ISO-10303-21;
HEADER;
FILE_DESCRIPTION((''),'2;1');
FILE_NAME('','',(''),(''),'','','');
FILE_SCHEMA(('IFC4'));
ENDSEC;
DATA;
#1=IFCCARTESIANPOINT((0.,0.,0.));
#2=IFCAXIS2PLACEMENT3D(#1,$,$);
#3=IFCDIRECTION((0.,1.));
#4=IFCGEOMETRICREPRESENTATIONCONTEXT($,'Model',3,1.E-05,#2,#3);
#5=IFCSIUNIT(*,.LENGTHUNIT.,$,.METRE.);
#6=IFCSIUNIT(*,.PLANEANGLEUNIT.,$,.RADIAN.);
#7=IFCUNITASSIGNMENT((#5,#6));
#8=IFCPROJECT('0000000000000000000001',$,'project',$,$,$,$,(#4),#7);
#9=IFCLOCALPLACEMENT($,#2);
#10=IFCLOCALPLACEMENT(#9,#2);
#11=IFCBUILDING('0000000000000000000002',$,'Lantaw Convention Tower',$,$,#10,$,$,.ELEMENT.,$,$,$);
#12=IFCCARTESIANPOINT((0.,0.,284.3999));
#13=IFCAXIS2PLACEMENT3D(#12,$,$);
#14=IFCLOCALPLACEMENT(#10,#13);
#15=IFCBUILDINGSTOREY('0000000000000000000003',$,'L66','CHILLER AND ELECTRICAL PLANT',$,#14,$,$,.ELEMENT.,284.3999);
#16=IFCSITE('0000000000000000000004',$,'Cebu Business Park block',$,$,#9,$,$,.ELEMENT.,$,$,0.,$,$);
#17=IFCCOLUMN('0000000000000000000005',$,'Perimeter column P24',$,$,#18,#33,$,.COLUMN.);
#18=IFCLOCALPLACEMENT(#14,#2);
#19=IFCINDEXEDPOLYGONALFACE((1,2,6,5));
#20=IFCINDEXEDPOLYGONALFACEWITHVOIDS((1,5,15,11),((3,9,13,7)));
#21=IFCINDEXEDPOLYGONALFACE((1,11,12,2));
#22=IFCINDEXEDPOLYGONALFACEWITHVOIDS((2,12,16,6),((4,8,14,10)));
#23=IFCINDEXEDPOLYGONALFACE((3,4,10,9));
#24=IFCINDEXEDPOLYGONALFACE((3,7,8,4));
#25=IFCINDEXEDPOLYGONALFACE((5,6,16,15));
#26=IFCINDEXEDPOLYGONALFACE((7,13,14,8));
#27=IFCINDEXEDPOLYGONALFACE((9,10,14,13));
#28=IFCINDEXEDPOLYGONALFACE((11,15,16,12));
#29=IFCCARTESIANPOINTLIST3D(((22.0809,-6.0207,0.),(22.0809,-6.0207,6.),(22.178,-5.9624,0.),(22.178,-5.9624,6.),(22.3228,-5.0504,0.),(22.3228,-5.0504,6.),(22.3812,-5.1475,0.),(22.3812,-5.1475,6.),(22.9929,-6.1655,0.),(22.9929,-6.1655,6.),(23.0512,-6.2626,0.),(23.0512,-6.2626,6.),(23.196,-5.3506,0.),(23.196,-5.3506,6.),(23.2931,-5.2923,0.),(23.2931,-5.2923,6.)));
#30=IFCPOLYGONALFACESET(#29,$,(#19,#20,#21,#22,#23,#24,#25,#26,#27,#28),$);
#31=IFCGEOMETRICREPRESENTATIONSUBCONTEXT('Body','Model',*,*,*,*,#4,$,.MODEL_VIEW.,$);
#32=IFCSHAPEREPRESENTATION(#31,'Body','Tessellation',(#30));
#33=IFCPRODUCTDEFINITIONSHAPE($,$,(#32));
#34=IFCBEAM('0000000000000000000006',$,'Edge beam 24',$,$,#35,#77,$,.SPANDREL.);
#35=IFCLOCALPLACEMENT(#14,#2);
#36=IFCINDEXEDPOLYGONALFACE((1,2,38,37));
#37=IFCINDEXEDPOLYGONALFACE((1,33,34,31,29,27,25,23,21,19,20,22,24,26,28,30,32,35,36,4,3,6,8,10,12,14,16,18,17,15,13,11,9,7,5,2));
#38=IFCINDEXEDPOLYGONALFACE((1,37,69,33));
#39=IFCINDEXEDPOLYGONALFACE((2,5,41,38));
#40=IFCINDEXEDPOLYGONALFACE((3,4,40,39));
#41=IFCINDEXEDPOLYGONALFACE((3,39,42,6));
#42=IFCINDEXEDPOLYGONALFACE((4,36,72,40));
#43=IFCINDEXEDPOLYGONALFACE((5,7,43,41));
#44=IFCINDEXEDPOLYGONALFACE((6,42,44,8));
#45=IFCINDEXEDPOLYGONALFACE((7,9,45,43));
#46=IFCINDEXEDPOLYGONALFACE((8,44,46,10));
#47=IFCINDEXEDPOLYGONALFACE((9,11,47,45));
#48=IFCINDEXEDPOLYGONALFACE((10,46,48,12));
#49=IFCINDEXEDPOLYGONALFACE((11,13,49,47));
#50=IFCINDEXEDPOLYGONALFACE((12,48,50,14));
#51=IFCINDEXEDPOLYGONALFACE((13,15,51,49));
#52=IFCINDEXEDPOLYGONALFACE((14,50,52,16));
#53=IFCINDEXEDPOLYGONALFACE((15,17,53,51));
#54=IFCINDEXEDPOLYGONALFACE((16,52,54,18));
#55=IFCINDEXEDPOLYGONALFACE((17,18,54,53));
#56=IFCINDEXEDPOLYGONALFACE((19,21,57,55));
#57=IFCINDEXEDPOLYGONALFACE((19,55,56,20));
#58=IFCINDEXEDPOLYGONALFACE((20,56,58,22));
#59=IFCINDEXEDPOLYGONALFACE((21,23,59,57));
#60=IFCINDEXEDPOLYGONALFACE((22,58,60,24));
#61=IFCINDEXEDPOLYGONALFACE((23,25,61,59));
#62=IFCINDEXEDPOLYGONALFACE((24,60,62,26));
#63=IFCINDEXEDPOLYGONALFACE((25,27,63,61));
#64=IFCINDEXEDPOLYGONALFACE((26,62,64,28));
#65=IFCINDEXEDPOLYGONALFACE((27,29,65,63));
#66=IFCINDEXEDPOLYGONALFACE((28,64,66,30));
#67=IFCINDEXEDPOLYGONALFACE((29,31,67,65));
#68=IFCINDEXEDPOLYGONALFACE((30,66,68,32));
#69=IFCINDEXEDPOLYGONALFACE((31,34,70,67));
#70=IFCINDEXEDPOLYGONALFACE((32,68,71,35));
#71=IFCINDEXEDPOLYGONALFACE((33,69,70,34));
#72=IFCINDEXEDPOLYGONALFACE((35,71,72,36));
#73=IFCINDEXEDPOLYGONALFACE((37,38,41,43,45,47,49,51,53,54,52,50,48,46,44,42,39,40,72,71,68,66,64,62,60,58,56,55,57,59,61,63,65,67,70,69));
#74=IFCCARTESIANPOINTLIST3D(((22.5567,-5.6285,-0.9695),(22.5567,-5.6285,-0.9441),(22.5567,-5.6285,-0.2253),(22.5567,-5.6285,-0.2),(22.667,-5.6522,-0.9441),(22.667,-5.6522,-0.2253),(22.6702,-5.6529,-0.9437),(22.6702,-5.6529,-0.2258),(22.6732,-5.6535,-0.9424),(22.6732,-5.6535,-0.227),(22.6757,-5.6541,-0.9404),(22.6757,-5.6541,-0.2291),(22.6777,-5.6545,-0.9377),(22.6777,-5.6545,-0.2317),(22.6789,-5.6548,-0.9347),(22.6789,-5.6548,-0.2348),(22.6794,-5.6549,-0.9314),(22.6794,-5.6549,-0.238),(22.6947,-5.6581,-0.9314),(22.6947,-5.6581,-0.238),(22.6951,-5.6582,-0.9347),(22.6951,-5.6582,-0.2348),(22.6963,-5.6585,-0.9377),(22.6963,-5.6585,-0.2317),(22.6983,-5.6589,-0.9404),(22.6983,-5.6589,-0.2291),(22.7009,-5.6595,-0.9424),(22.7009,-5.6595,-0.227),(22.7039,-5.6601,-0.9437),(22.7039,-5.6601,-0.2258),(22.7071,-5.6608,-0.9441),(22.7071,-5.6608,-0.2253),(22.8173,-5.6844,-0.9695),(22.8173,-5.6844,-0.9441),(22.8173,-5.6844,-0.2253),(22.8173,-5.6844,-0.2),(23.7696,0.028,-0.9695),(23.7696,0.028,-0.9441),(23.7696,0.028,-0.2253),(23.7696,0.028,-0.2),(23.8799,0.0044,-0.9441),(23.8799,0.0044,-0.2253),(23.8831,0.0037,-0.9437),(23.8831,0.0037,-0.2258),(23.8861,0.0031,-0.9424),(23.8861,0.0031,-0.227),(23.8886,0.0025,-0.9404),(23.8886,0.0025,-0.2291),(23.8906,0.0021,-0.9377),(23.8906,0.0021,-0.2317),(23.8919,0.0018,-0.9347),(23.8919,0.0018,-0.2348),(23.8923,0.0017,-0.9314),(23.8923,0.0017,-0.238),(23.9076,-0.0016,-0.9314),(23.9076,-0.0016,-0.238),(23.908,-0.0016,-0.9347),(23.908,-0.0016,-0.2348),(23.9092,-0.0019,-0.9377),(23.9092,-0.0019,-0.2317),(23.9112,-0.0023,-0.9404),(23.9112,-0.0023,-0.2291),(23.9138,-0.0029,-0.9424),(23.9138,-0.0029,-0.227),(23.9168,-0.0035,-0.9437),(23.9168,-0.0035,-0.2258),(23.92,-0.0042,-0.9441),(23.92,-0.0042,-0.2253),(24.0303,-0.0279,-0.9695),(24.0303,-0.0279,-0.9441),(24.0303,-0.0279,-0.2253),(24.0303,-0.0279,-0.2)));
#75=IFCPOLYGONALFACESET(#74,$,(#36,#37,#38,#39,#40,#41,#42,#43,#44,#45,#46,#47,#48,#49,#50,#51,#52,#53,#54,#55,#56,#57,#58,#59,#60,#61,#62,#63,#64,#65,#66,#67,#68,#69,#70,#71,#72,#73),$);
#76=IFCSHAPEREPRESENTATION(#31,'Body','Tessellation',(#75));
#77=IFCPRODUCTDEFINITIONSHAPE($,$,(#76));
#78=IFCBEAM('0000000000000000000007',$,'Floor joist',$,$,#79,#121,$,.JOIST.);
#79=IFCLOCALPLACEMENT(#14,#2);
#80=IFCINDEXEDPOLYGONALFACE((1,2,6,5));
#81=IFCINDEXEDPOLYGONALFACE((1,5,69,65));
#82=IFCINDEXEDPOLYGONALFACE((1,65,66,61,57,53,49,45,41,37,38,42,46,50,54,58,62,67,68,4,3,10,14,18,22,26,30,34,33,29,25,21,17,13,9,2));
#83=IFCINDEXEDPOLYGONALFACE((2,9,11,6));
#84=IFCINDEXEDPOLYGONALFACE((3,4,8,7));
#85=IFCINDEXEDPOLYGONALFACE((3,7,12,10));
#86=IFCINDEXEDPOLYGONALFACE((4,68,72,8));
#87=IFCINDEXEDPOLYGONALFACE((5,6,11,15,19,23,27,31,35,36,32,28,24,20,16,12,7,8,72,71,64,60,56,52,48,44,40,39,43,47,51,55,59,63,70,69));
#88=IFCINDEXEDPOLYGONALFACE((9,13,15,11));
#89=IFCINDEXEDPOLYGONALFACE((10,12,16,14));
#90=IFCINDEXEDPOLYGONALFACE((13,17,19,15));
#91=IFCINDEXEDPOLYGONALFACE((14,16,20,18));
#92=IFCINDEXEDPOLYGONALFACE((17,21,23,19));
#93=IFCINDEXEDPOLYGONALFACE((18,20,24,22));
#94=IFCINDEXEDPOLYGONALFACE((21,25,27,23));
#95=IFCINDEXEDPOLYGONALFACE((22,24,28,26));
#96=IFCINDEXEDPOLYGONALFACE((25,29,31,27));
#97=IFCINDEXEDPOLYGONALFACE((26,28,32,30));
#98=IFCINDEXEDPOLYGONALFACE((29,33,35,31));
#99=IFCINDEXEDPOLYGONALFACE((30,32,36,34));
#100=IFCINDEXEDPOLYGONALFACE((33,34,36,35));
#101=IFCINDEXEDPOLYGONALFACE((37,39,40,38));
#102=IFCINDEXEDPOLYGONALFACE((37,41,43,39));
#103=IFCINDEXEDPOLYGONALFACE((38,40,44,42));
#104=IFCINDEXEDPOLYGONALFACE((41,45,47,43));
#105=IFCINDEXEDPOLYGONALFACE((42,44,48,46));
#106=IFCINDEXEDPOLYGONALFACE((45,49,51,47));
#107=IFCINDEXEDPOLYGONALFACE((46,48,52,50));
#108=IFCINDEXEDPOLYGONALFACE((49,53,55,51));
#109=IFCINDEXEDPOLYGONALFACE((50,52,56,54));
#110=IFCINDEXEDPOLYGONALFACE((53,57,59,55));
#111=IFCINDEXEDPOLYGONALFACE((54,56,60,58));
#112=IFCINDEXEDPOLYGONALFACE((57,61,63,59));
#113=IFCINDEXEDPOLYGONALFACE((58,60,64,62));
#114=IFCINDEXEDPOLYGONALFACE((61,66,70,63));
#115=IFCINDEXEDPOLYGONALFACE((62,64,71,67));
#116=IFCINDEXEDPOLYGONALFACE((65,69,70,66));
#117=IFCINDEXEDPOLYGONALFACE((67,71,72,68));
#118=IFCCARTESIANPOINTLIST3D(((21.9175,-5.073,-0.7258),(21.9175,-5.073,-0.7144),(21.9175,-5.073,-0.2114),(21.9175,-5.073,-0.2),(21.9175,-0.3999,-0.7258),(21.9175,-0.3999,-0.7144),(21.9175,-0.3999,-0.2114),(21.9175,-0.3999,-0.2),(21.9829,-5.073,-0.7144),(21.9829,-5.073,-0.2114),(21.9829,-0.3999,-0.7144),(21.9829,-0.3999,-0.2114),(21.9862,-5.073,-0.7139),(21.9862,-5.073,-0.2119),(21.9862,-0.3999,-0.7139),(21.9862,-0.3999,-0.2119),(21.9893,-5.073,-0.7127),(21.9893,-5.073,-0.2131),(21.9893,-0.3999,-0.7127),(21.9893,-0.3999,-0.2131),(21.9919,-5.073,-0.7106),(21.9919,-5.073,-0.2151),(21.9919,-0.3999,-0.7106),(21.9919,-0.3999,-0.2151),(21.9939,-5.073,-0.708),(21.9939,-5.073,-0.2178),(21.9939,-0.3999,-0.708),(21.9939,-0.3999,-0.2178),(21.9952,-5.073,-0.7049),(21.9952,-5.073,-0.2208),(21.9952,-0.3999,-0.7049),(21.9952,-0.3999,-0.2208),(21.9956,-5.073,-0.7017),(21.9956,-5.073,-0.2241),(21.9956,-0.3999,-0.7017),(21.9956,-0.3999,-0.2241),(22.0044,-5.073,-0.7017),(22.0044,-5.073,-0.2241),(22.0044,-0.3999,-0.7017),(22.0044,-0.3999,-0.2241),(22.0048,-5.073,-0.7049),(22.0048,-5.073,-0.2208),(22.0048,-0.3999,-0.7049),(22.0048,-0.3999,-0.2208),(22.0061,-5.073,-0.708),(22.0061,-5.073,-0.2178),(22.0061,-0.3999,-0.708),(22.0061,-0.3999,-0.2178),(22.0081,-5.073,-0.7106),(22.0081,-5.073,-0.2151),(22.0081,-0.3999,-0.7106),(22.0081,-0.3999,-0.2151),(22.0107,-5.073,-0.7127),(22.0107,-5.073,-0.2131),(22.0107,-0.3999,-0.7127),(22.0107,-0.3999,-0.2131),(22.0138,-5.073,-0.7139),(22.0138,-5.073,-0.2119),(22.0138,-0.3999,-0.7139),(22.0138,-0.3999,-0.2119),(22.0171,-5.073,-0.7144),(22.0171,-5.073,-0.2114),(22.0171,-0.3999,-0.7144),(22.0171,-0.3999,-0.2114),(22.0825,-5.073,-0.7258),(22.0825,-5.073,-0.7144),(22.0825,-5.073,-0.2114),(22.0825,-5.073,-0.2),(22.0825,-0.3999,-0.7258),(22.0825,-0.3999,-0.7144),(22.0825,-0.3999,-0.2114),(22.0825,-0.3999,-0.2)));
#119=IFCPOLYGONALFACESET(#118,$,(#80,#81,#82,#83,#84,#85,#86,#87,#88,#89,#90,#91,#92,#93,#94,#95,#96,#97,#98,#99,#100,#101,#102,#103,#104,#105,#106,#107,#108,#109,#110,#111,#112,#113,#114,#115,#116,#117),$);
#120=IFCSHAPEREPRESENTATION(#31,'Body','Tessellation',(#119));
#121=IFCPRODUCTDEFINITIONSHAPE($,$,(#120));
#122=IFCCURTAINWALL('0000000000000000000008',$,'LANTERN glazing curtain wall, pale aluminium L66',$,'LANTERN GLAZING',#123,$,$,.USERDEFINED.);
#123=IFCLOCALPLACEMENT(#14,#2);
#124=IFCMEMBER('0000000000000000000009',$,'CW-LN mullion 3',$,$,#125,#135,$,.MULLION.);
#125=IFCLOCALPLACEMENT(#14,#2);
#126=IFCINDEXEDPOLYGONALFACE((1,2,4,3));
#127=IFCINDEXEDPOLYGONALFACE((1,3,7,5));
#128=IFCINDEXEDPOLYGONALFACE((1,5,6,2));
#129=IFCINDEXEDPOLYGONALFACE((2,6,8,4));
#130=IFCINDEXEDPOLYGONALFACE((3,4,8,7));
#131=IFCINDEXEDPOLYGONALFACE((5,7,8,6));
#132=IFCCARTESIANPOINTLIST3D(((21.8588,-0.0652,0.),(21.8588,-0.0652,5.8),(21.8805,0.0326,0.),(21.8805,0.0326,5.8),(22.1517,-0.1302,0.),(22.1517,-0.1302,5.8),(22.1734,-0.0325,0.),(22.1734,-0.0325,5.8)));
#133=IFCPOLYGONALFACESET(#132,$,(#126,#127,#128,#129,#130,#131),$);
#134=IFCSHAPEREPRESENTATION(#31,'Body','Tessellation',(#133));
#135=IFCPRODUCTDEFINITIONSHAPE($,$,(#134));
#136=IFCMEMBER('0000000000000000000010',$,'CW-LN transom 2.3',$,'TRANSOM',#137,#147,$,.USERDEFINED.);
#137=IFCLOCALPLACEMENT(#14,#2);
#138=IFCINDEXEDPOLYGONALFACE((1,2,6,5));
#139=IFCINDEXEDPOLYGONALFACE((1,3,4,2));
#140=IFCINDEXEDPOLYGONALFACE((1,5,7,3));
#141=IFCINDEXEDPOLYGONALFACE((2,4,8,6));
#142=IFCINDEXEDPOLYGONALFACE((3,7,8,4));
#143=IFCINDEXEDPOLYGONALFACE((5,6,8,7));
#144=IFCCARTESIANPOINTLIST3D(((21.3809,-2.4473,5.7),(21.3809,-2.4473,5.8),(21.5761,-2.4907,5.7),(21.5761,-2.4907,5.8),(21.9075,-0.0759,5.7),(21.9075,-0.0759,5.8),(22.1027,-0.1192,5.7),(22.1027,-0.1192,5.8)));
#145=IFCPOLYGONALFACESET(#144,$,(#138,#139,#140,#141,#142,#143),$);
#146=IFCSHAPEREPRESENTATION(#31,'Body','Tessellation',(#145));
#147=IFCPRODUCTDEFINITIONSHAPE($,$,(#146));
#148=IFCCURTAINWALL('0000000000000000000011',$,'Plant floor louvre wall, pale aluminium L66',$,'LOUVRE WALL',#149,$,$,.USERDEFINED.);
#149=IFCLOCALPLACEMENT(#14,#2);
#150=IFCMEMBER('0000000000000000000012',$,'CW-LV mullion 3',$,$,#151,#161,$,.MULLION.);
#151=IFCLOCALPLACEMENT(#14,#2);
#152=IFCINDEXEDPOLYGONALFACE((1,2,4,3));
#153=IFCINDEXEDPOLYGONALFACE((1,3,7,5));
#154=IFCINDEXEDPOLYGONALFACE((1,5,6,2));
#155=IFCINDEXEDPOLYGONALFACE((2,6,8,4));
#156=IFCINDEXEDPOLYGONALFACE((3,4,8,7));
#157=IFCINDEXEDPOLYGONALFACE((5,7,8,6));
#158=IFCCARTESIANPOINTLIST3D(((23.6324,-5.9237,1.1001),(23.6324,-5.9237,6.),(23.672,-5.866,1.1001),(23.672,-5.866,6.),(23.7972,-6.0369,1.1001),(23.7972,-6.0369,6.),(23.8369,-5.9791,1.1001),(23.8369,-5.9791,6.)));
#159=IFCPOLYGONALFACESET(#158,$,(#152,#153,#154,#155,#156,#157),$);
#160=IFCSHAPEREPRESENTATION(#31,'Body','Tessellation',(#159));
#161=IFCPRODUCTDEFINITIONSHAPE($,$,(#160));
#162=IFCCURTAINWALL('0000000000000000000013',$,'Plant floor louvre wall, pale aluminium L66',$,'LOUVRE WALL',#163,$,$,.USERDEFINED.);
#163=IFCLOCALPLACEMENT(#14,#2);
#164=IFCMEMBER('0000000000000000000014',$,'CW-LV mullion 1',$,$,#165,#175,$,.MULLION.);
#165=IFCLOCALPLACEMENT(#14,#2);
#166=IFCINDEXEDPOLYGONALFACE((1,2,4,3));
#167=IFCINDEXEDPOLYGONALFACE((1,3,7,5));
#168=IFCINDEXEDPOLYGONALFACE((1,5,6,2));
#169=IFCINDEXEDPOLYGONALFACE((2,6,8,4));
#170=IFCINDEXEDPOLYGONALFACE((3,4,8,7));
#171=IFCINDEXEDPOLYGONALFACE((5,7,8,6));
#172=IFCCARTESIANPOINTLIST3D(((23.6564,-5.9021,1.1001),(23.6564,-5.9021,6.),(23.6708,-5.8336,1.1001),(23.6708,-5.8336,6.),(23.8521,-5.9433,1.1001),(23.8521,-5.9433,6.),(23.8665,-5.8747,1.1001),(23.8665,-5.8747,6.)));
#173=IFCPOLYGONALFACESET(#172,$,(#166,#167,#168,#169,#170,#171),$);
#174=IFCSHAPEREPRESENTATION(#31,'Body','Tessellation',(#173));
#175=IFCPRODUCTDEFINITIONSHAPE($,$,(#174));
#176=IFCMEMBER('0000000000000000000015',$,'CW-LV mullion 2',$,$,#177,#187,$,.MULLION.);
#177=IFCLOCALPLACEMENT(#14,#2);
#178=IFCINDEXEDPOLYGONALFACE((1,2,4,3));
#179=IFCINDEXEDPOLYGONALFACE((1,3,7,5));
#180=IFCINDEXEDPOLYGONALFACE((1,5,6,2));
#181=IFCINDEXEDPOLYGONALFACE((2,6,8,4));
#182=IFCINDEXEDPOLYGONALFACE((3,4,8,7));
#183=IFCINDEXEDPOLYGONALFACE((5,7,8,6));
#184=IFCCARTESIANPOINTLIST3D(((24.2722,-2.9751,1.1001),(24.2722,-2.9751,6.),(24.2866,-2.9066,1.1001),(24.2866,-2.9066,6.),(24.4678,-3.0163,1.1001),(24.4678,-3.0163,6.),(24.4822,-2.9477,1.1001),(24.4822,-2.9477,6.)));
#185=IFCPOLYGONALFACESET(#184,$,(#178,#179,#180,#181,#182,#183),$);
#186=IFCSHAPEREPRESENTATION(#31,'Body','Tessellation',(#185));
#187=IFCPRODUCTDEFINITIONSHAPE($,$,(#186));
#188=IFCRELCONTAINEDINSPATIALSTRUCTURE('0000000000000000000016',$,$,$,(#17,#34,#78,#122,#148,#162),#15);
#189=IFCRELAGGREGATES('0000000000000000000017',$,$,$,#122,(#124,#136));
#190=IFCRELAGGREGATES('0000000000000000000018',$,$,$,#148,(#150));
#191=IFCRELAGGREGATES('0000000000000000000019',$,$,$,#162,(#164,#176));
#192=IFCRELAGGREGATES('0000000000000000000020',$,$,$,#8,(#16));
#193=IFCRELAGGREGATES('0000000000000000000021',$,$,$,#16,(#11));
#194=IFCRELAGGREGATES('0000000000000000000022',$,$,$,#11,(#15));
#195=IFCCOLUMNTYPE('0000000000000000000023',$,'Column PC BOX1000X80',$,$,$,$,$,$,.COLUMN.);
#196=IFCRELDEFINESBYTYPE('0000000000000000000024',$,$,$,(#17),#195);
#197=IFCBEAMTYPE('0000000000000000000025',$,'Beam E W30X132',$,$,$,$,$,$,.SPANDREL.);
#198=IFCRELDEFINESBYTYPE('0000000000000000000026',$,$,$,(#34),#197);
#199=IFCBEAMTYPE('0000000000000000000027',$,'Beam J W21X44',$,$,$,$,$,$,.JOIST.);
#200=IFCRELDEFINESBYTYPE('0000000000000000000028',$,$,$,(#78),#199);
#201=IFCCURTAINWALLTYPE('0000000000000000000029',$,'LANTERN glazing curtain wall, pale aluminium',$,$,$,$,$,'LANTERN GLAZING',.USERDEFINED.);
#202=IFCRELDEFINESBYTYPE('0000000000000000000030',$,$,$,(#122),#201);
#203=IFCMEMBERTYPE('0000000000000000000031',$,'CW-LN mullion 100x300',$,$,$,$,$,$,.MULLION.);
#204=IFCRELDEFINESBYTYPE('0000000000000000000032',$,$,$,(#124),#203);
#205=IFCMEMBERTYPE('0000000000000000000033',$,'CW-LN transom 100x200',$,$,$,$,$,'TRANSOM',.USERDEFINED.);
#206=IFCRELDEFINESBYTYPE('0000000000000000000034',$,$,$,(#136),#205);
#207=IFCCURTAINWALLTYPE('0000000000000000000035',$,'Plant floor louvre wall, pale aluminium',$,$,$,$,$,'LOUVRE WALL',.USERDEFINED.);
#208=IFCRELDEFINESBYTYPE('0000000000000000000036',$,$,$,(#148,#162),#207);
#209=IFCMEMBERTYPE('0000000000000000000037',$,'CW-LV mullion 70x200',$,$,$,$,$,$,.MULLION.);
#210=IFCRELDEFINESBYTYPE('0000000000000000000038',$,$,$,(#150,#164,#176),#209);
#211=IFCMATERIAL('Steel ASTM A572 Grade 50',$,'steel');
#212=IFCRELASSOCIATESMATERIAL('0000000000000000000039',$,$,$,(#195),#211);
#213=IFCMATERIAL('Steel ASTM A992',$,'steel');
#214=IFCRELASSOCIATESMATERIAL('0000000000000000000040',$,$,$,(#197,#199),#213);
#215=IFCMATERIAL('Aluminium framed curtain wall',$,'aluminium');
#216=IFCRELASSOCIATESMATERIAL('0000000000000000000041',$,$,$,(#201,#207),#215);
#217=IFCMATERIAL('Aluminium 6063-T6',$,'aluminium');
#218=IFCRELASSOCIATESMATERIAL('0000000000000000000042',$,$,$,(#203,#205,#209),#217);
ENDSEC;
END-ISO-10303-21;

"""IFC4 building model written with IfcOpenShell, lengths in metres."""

from ifc_helpers import new_model, si_unit, direction, frame, origin, origin_2d, place, context, subcontext, project, spatial, rectangle, hollow_rectangle, i_section, extrude, material, material_profile, profile_set, type_object, element, aggregate, save


model = new_model("IFC4")

# Units and contexts
model_context = context("Model", 3, precision=1e-05, world=origin(), true_north=direction((0.0, 1.0)))
body_context = subcontext(model_context, "Body", "Model", "MODEL_VIEW")
ifc_project = project(units=[si_unit("LENGTHUNIT", "METRE"), si_unit("PLANEANGLEUNIT", "RADIAN")], contexts=[model_context])

# Site, building, storey
site_placement = place(None, origin())
site = spatial("IfcSite", under=ifc_project, at=site_placement, Name="Cebu Business Park block", CompositionType="ELEMENT", RefElevation=0.0)
building_placement = place(site_placement, origin())
building = spatial("IfcBuilding", under=site, at=building_placement, Name="Lantaw Convention Tower", CompositionType="ELEMENT")
storey_placement = place(building_placement, frame((0.0, 0.0, 284.3999)))
storey = spatial("IfcBuildingStorey", under=building, at=storey_placement, Name="L66", Description="CHILLER AND ELECTRICAL PLANT", CompositionType="ELEMENT", Elevation=284.3999)

# Column
ifc_material_1 = material(Name="Steel ASTM A572 Grade 50", Category="steel")
ifc_material_profile_1 = material_profile(ifc_material_1, hollow_rectangle(XDim=1.0, YDim=1.0, WallThickness=0.0801, at=origin_2d()), Name="BOX1000X80")
ifc_material_2 = material(Name="Concrete C60/75", Category="concrete")
ifc_material_profile_2 = material_profile(ifc_material_2, rectangle(XDim=0.8401, YDim=0.8401, at=origin_2d()), Name="Concrete fill of BOX1000X80")
ifc_profile_set_1 = profile_set([ifc_material_profile_1, ifc_material_profile_2], Name="Steel ASTM A572 Grade 50")
column_type = type_object("IfcColumnType", Name="Column PC BOX1000X80", PredefinedType="COLUMN", material=ifc_profile_set_1)
column_placement = place(storey_placement, frame((22.687, -5.6565, 0.0), z_axis=(0.0, 0.0, 1.0), x_axis=(0.241922, 0.970296, 0.0)))
element("IfcColumn", 1, at=column_placement, inside=storey, type_object=column_type, Name="Perimeter column P24", PredefinedType="COLUMN", context=body_context, shape_type="SweptSolid", body=[
    extrude(hollow_rectangle(XDim=1.0, YDim=1.0, WallThickness=0.0801, at=origin_2d()), origin(), (0.0, 0.0, 1.0), 6.0),
])

# Beams
ifc_material_3 = material(Name="Steel ASTM A992", Category="steel")
ifc_material_profile_3 = material_profile(ifc_material_3, i_section(OverallWidth=0.2666, OverallDepth=0.7695, WebThickness=0.0156, FlangeThickness=0.0254, FilletRadius=0.0127, at=origin_2d()), Name="W30X132")
ifc_profile_set_2 = profile_set([ifc_material_profile_3], Name="Steel ASTM A992")
beam_type_1 = type_object("IfcBeamType", Name="Beam E W30X132", PredefinedType="SPANDREL", material=ifc_profile_set_2)
beam_1_placement = place(storey_placement, frame((22.687, -5.6565, -0.5847), z_axis=(0.209659, 0.977775, 0.0), x_axis=(-0.977775, 0.209659, 0.0)))
element("IfcBeam", 2, at=beam_1_placement, inside=storey, type_object=beam_type_1, Name="Edge beam 24", PredefinedType="SPANDREL", context=body_context, shape_type="SweptSolid", body=[
    extrude(i_section(OverallWidth=0.2666, OverallDepth=0.7695, WebThickness=0.0156, FlangeThickness=0.0254, FilletRadius=0.0127, at=origin_2d()), origin(), (0.0, 0.0, 1.0), 5.7852),
])
ifc_material_profile_4 = material_profile(ifc_material_3, i_section(OverallWidth=0.165, OverallDepth=0.5259, WebThickness=0.0088, FlangeThickness=0.0115, FilletRadius=0.0127, at=origin_2d()), Name="W21X44")
ifc_profile_set_3 = profile_set([ifc_material_profile_4], Name="Steel ASTM A992")
beam_type_2 = type_object("IfcBeamType", Name="Beam J W21X44", PredefinedType="JOIST", material=ifc_profile_set_3)
beam_2_placement = place(storey_placement, frame((22.0, -5.073, -0.4629), z_axis=(0.0, 1.0, 0.0), x_axis=(-1.0, 0.0, 0.0)))
element("IfcBeam", 3, at=beam_2_placement, inside=storey, type_object=beam_type_2, Name="Floor joist", PredefinedType="JOIST", context=body_context, shape_type="SweptSolid", body=[
    extrude(i_section(OverallWidth=0.165, OverallDepth=0.5259, WebThickness=0.0088, FlangeThickness=0.0115, FilletRadius=0.0127, at=origin_2d()), origin(), (0.0, 0.0, 1.0), 4.6731),
])

# Curtain wall, members
ifc_material_4 = material(Name="Aluminium framed curtain wall", Category="aluminium")
curtain_wall_type_1 = type_object("IfcCurtainWallType", Name="LANTERN glazing curtain wall, pale aluminium", ElementType="LANTERN GLAZING", PredefinedType="USERDEFINED", material=ifc_material_4)
curtain_wall_1_placement = place(storey_placement, origin())
curtain_wall_1 = element("IfcCurtainWall", 4, at=curtain_wall_1_placement, inside=storey, type_object=curtain_wall_type_1, Name="LANTERN glazing curtain wall, pale aluminium L66", ObjectType="LANTERN GLAZING", PredefinedType="USERDEFINED")
ifc_material_5 = material(Name="Aluminium 6063-T6", Category="aluminium")
ifc_material_profile_5 = material_profile(ifc_material_5, rectangle(XDim=0.3, YDim=0.1001, at=origin_2d()), Name="CW-LN mullion 100x300")
ifc_profile_set_4 = profile_set([ifc_material_profile_5], Name="Aluminium 6063-T6")
member_type_1 = type_object("IfcMemberType", Name="CW-LN mullion 100x300", PredefinedType="MULLION", material=ifc_profile_set_4)
member_1_placement = place(storey_placement, frame((22.0161, -0.0488, 0.0), z_axis=(0.0, 0.0, 1.0), x_axis=(-0.976224, 0.216765, 0.0)))
member_1 = element("IfcMember", 5, at=member_1_placement, type_object=member_type_1, Name="CW-LN mullion 3", PredefinedType="MULLION", context=body_context, shape_type="SweptSolid", body=[
    extrude(rectangle(XDim=0.3, YDim=0.1001, at=origin_2d()), origin(), (0.0, 0.0, 1.0), 5.8),
])
ifc_material_profile_6 = material_profile(ifc_material_5, rectangle(XDim=0.2, YDim=0.1001, at=origin_2d()), Name="CW-LN transom 100x200")
ifc_profile_set_5 = profile_set([ifc_material_profile_6], Name="Aluminium 6063-T6")
member_type_2 = type_object("IfcMemberType", Name="CW-LN transom 100x200", ElementType="TRANSOM", PredefinedType="USERDEFINED", material=ifc_profile_set_5)
member_2_placement = place(storey_placement, frame((21.4785, -2.469, 5.75), z_axis=(0.216792, 0.976218, 0.0), x_axis=(-0.976218, 0.216792, 0.0)))
member_2 = element("IfcMember", 6, at=member_2_placement, type_object=member_type_2, Name="CW-LN transom 2.3", ObjectType="TRANSOM", PredefinedType="USERDEFINED", context=body_context, shape_type="SweptSolid", body=[
    extrude(rectangle(XDim=0.2, YDim=0.1001, at=origin_2d()), origin(), (0.0, 0.0, 1.0), 2.4292),
])

# Curtain wall, member
curtain_wall_type_2 = type_object("IfcCurtainWallType", Name="Plant floor louvre wall, pale aluminium", ElementType="LOUVRE WALL", PredefinedType="USERDEFINED", material=ifc_material_4)
curtain_wall_2_placement = place(storey_placement, origin())
curtain_wall_2 = element("IfcCurtainWall", 7, at=curtain_wall_2_placement, inside=storey, type_object=curtain_wall_type_2, Name="Plant floor louvre wall, pale aluminium L66", ObjectType="LOUVRE WALL", PredefinedType="USERDEFINED")
ifc_material_profile_7 = material_profile(ifc_material_5, rectangle(XDim=0.2, YDim=0.0701, at=origin_2d()), Name="CW-LV mullion 70x200")
ifc_profile_set_6 = profile_set([ifc_material_profile_7], Name="Aluminium 6063-T6")
member_type_3 = type_object("IfcMemberType", Name="CW-LV mullion 70x200", PredefinedType="MULLION", material=ifc_profile_set_6)
member_3_placement = place(storey_placement, frame((23.7346, -5.9514, 1.1001), z_axis=(0.0, 0.0, 1.0), x_axis=(-0.82445, 0.565935, 0.0)))
member_3 = element("IfcMember", 8, at=member_3_placement, type_object=member_type_3, Name="CW-LV mullion 3", PredefinedType="MULLION", context=body_context, shape_type="SweptSolid", body=[
    extrude(rectangle(XDim=0.2, YDim=0.0701, at=origin_2d()), origin(), (0.0, 0.0, 1.0), 4.8999),
])

# Curtain wall, members
curtain_wall_3_placement = place(storey_placement, origin())
curtain_wall_3 = element("IfcCurtainWall", 9, at=curtain_wall_3_placement, inside=storey, type_object=curtain_wall_type_2, Name="Plant floor louvre wall, pale aluminium L66", ObjectType="LOUVRE WALL", PredefinedType="USERDEFINED")
member_4_placement = place(storey_placement, frame((23.7615, -5.8884, 1.1001), z_axis=(0.0, 0.0, 1.0), x_axis=(-0.978591, 0.205814, 0.0)))
member_4 = element("IfcMember", 10, at=member_4_placement, type_object=member_type_3, Name="CW-LV mullion 1", PredefinedType="MULLION", context=body_context, shape_type="SweptSolid", body=[
    extrude(rectangle(XDim=0.2, YDim=0.0701, at=origin_2d()), origin(), (0.0, 0.0, 1.0), 4.8999),
])
member_5_placement = place(storey_placement, frame((24.3772, -2.9614, 1.1001), z_axis=(0.0, 0.0, 1.0), x_axis=(-0.978591, 0.205814, 0.0)))
member_5 = element("IfcMember", 11, at=member_5_placement, type_object=member_type_3, Name="CW-LV mullion 2", PredefinedType="MULLION", context=body_context, shape_type="SweptSolid", body=[
    extrude(rectangle(XDim=0.2, YDim=0.0701, at=origin_2d()), origin(), (0.0, 0.0, 1.0), 4.8999),
])

aggregate(curtain_wall_1, [member_1, member_2])
aggregate(curtain_wall_2, [member_3])
aggregate(curtain_wall_3, [member_4, member_5])

save(model, "model.ifc")
